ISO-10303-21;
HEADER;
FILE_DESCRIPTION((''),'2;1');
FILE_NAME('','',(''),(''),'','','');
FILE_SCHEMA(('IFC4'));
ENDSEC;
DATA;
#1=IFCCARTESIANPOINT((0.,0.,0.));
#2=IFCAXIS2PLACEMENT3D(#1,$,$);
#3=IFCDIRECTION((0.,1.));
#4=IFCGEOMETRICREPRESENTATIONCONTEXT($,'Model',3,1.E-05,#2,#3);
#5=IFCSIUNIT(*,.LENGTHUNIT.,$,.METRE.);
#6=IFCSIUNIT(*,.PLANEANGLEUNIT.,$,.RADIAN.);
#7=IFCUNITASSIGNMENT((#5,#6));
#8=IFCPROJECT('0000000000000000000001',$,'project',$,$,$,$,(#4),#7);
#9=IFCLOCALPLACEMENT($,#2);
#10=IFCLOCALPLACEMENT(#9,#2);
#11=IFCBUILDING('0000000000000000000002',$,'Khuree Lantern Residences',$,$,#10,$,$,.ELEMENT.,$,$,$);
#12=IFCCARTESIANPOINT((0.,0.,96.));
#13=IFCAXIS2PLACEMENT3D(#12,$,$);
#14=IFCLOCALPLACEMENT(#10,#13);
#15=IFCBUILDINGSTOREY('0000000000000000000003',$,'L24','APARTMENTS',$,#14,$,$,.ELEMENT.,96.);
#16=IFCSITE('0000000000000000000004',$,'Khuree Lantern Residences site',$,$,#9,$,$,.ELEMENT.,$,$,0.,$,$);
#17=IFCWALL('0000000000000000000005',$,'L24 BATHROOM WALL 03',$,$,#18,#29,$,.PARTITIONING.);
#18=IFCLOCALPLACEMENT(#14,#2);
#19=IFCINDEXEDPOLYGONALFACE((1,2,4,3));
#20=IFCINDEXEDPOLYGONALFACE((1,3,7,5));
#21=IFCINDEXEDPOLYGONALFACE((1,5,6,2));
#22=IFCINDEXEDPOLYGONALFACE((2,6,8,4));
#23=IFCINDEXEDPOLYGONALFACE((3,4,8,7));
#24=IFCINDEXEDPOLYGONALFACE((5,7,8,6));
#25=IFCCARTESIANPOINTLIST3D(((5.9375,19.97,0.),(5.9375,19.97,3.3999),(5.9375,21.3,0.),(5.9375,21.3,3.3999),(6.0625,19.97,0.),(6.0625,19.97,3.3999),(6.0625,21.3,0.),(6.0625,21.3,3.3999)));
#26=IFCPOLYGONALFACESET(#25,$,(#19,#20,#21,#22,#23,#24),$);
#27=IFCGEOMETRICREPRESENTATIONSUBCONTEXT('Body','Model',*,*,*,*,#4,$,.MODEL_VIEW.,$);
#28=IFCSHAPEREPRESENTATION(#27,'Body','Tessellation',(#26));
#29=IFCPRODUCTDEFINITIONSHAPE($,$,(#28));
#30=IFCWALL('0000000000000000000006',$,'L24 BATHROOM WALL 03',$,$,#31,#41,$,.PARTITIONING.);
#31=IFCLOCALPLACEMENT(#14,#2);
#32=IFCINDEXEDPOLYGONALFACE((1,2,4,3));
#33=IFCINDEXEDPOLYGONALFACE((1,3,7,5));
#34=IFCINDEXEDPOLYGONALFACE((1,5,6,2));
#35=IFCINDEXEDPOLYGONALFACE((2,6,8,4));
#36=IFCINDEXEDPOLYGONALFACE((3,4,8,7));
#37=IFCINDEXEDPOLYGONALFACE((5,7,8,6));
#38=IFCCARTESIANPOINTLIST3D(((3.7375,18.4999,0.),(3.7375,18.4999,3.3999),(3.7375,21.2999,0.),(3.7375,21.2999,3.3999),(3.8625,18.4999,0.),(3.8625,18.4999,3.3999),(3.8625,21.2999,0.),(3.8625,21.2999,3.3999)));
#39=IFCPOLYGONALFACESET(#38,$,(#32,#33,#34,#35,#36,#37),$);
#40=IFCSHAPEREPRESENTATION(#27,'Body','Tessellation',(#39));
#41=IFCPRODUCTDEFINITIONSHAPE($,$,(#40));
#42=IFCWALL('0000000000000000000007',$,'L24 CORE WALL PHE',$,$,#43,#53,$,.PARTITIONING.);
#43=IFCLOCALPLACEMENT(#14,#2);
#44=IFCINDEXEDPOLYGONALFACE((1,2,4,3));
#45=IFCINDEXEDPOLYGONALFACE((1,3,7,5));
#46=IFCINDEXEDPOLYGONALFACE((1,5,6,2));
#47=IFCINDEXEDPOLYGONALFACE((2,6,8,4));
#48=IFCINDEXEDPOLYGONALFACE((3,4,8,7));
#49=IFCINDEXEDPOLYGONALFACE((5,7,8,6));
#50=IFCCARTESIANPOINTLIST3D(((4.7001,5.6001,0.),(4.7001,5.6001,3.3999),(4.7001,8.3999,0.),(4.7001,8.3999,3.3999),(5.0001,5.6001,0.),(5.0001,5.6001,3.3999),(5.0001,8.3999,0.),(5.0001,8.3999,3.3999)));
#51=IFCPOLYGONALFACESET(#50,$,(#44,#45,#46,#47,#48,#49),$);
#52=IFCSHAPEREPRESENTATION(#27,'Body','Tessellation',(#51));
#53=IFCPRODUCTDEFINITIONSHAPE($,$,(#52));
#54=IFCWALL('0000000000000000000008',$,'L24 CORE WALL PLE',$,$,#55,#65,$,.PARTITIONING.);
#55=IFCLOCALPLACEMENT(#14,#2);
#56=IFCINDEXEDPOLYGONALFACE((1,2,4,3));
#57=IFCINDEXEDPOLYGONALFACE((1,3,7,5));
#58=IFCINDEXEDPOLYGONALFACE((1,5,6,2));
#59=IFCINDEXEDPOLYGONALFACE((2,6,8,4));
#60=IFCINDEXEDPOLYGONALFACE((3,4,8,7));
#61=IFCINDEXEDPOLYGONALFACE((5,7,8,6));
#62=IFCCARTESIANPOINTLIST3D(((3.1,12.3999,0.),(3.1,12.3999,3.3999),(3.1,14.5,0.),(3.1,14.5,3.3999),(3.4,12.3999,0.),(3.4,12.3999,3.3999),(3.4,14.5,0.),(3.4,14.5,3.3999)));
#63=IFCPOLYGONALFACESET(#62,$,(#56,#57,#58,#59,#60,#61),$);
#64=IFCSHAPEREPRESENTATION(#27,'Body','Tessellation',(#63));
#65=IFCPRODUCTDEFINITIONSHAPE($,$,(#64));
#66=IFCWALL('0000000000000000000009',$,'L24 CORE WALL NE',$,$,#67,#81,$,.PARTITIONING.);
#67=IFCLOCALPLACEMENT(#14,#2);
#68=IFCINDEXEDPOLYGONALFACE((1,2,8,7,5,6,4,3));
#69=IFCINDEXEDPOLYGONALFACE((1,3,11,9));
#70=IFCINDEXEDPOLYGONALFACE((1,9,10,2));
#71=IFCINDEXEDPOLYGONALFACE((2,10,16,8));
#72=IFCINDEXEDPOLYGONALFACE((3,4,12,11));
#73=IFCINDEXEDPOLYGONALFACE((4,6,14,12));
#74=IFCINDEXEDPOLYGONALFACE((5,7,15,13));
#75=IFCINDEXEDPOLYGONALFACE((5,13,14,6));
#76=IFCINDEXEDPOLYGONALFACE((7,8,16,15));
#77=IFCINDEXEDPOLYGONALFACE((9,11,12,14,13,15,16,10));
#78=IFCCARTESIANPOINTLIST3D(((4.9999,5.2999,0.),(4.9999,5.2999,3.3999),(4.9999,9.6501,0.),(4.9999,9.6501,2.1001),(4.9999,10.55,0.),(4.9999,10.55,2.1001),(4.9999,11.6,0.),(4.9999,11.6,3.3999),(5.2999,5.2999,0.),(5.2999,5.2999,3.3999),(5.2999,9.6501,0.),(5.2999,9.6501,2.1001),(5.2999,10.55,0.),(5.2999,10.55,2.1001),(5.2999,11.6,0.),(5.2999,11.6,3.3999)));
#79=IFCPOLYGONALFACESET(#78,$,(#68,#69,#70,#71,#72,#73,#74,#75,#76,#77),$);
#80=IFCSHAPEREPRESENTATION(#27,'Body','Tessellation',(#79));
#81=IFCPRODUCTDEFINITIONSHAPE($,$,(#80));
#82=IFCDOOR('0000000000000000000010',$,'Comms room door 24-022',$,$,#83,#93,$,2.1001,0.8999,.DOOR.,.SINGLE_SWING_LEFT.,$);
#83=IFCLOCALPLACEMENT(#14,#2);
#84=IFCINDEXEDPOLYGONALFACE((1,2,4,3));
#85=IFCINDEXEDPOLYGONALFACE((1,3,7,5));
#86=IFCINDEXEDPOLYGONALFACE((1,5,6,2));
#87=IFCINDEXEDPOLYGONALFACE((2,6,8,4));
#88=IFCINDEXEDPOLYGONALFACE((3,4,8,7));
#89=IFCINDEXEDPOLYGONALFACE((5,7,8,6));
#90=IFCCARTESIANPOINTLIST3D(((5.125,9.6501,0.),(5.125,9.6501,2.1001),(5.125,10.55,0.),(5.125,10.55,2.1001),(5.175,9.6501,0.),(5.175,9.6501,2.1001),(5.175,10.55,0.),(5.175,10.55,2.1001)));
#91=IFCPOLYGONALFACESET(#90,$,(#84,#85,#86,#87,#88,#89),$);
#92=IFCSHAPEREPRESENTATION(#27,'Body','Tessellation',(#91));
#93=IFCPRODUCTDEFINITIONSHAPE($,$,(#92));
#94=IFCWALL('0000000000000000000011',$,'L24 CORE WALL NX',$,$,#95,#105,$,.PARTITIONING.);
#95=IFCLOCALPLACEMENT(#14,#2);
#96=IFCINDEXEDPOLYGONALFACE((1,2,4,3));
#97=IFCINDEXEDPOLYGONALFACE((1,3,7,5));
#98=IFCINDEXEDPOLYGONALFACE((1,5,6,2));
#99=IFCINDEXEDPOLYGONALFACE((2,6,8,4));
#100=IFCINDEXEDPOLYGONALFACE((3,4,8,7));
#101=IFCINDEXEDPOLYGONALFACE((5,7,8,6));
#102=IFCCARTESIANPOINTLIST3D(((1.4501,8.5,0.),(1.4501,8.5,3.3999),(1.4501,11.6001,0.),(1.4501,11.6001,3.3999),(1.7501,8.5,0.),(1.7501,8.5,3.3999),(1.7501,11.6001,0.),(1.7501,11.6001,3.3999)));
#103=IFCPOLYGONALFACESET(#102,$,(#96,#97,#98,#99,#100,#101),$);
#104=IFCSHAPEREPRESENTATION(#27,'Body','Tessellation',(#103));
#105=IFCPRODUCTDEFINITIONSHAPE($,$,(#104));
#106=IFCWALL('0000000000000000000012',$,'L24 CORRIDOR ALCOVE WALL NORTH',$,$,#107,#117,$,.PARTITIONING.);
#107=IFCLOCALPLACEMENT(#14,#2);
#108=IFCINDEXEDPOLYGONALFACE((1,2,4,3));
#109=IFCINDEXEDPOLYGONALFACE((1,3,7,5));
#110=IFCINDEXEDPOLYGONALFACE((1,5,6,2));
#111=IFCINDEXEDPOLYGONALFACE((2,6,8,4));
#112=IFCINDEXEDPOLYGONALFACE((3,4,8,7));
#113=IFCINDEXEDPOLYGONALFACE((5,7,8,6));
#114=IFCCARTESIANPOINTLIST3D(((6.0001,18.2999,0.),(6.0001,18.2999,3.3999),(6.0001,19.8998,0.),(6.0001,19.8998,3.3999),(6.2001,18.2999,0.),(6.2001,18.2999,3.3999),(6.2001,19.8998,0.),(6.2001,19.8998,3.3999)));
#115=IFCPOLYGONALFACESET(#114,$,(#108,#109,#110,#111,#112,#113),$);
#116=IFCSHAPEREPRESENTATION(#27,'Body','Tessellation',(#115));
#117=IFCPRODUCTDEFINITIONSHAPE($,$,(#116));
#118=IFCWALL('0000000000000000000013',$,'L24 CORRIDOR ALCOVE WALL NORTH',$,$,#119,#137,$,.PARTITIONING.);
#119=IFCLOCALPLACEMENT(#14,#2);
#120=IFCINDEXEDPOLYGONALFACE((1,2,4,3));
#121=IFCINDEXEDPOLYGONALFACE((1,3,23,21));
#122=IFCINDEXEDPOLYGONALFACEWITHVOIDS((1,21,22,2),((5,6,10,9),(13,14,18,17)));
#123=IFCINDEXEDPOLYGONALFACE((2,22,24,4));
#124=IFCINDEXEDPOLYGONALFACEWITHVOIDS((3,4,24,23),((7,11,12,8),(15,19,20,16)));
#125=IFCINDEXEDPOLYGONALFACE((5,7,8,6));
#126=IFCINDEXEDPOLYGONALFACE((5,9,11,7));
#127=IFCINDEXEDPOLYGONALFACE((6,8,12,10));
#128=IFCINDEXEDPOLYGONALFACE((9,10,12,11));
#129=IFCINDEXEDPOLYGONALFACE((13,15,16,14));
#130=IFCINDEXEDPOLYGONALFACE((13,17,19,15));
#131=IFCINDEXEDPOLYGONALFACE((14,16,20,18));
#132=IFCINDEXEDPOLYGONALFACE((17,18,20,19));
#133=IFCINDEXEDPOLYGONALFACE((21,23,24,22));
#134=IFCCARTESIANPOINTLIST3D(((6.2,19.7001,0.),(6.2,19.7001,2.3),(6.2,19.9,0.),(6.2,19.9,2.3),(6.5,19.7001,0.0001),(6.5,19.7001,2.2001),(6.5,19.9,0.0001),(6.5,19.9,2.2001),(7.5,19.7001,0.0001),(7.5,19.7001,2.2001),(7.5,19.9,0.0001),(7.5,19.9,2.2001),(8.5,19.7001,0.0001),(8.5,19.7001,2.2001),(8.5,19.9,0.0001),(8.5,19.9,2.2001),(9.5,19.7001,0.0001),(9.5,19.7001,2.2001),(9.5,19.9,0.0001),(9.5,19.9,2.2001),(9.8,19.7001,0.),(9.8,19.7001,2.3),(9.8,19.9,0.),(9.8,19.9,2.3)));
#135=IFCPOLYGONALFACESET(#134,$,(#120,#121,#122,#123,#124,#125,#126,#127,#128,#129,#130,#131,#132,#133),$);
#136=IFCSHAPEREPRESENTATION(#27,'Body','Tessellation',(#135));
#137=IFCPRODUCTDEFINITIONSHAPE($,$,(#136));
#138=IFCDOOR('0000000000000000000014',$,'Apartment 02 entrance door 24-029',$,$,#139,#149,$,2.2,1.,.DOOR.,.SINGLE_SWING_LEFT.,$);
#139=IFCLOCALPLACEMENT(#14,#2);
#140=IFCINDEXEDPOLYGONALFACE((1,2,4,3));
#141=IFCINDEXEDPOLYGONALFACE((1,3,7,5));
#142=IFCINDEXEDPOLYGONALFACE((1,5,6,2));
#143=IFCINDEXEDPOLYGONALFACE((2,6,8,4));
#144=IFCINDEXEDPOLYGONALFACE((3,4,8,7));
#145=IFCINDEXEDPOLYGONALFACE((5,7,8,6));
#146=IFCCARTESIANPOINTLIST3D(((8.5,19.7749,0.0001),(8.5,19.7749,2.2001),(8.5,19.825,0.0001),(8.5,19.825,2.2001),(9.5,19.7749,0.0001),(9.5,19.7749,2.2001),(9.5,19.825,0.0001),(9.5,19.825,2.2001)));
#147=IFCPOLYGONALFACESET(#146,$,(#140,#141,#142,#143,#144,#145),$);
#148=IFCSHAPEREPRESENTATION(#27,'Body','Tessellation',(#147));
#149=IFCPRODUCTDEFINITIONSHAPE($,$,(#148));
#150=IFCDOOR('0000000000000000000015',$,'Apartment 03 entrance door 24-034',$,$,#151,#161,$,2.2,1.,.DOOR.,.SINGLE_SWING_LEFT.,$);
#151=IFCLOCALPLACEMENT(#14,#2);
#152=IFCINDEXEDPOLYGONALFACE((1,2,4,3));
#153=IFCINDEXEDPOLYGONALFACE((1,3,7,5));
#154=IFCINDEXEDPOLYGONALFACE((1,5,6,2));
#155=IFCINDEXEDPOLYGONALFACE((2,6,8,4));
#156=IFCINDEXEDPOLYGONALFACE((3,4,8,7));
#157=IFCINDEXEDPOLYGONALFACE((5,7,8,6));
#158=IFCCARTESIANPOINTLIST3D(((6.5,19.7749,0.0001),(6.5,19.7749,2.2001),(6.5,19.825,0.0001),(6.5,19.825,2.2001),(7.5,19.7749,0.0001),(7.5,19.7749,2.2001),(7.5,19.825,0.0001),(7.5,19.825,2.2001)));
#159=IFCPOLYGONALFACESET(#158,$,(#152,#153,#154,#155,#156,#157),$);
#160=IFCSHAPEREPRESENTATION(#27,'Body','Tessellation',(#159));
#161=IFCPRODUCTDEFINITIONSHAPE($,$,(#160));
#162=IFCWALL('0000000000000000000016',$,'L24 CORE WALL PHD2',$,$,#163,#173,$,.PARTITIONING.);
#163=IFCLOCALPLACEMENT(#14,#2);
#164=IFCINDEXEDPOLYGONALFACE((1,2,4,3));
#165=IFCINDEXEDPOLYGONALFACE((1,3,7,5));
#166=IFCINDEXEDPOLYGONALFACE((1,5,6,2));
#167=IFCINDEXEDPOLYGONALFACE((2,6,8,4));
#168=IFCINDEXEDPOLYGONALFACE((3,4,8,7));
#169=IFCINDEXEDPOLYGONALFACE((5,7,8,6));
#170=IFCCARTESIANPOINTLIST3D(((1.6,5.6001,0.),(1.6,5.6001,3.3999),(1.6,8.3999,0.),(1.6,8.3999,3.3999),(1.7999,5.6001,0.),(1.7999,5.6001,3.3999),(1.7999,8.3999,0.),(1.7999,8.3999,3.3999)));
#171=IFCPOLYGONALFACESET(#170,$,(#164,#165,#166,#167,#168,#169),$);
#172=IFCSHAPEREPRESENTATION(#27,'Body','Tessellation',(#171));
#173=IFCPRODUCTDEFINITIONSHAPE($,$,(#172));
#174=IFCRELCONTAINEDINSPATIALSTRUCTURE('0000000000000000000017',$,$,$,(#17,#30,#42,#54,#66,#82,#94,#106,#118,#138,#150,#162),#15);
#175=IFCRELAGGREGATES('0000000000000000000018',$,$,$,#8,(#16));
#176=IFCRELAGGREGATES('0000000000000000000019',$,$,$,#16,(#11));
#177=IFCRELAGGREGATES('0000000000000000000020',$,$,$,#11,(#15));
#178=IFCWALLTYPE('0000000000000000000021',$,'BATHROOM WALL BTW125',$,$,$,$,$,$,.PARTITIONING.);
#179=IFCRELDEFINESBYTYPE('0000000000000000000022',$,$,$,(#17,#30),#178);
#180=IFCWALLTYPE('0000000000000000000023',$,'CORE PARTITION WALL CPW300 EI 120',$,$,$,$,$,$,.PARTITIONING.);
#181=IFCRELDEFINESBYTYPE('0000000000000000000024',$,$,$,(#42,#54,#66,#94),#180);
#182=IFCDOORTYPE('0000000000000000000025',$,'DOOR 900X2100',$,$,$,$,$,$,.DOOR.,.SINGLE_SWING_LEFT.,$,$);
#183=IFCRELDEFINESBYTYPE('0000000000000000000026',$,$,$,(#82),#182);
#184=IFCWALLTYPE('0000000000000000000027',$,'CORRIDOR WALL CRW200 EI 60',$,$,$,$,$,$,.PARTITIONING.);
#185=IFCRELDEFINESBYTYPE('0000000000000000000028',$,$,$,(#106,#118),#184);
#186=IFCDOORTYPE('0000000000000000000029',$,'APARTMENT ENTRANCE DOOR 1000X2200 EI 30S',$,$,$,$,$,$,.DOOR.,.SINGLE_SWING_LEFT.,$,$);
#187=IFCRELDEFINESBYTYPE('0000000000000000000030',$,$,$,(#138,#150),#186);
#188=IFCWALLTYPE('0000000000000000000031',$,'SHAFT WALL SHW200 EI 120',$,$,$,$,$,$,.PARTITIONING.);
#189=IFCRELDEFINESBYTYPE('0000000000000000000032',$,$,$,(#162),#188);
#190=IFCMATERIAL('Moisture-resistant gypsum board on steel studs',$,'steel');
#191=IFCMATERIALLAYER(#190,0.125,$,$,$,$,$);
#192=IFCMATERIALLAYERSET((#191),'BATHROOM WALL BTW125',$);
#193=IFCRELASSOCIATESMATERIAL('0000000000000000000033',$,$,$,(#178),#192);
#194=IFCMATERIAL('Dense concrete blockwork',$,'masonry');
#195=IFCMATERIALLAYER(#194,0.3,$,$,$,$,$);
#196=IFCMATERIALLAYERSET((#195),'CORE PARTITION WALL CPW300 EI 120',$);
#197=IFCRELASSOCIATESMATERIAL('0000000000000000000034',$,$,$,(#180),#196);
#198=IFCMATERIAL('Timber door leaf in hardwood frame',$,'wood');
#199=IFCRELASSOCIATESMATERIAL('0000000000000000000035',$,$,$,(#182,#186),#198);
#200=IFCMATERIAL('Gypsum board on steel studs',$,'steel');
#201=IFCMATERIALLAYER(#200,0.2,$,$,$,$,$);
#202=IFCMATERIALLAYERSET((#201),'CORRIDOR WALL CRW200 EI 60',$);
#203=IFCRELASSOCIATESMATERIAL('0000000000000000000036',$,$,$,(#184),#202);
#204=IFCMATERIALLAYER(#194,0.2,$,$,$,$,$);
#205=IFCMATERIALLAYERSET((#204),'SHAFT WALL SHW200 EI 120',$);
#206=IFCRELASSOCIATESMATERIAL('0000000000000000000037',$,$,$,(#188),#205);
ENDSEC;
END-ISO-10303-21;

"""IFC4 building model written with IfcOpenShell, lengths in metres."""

from ifc_helpers import new_model, si_unit, direction, frame, frame_2d, origin, place, context, subcontext, project, spatial, rectangle, extrude, material, layer, layer_set, type_object, element, fill, save


model = new_model("IFC4")

# Units and contexts
model_context = context("Model", 3, precision=1e-05, world=origin(), true_north=direction((0.0, 1.0)))
body_context = subcontext(model_context, "Body", "Model", "MODEL_VIEW")
ifc_project = project(units=[si_unit("LENGTHUNIT", "METRE"), si_unit("PLANEANGLEUNIT", "RADIAN")], contexts=[model_context])

# Site, building, storey
site_placement = place(None, origin())
site = spatial("IfcSite", under=ifc_project, at=site_placement, Name="Khuree Lantern Residences site", CompositionType="ELEMENT", RefElevation=0.0)
building_placement = place(site_placement, origin())
building = spatial("IfcBuilding", under=site, at=building_placement, Name="Khuree Lantern Residences", CompositionType="ELEMENT")
storey_placement = place(building_placement, frame((0.0, 0.0, 96.0)))
storey = spatial("IfcBuildingStorey", under=building, at=storey_placement, Name="L24", Description="APARTMENTS", CompositionType="ELEMENT", Elevation=96.0)

# Walls
ifc_material_1 = material(Name="Moisture-resistant gypsum board on steel studs", Category="steel")
ifc_layer_1 = layer(ifc_material_1, 0.125)
ifc_layer_set_1 = layer_set([ifc_layer_1], Name="BATHROOM WALL BTW125")
wall_type_1 = type_object("IfcWallType", Name="BATHROOM WALL BTW125", PredefinedType="PARTITIONING", material=ifc_layer_set_1)
wall_1_placement = place(storey_placement, frame((6.0, 19.97, 0.0), z_axis=(0.0, 0.0, 1.0), x_axis=(0.0, 1.0, 0.0)))
element("IfcWall", 1, at=wall_1_placement, inside=storey, type_object=wall_type_1, Name="L24 BATHROOM WALL 03", PredefinedType="PARTITIONING", context=body_context, shape_type="SweptSolid", body=[
    extrude(rectangle(XDim=1.3301, YDim=0.125, at=frame_2d((0.665, 0.0))), origin(), (0.0, 0.0, 1.0), 3.3999),
])
wall_2_placement = place(storey_placement, frame((3.8, 18.5, 0.0), z_axis=(0.0, 0.0, 1.0), x_axis=(0.0, 1.0, 0.0)))
element("IfcWall", 2, at=wall_2_placement, inside=storey, type_object=wall_type_1, Name="L24 BATHROOM WALL 03", PredefinedType="PARTITIONING", context=body_context, shape_type="SweptSolid", body=[
    extrude(rectangle(XDim=2.8, YDim=0.125, at=frame_2d((1.3999, 0.0))), origin(), (0.0, 0.0, 1.0), 3.3999),
])
ifc_material_2 = material(Name="Dense concrete blockwork", Category="masonry")
ifc_layer_2 = layer(ifc_material_2, 0.3)
ifc_layer_set_2 = layer_set([ifc_layer_2], Name="CORE PARTITION WALL CPW300 EI 120")
wall_type_2 = type_object("IfcWallType", Name="CORE PARTITION WALL CPW300 EI 120", PredefinedType="PARTITIONING", material=ifc_layer_set_2)
wall_3_placement = place(storey_placement, frame((4.8501, 5.6001, 0.0), z_axis=(0.0, 0.0, 1.0), x_axis=(0.0, 1.0, 0.0)))
element("IfcWall", 3, at=wall_3_placement, inside=storey, type_object=wall_type_2, Name="L24 CORE WALL PHE", PredefinedType="PARTITIONING", context=body_context, shape_type="SweptSolid", body=[
    extrude(rectangle(XDim=2.7998, YDim=0.3, at=frame_2d((1.3999, 0.0))), origin(), (0.0, 0.0, 1.0), 3.3999),
])
wall_4_placement = place(storey_placement, frame((3.25, 12.3999, 0.0), z_axis=(0.0, 0.0, 1.0), x_axis=(0.0, 1.0, 0.0)))
element("IfcWall", 4, at=wall_4_placement, inside=storey, type_object=wall_type_2, Name="L24 CORE WALL PLE", PredefinedType="PARTITIONING", context=body_context, shape_type="SweptSolid", body=[
    extrude(rectangle(XDim=2.1001, YDim=0.3, at=frame_2d((1.05, 0.0))), origin(), (0.0, 0.0, 1.0), 3.3999),
])

# Wall, opening, door
wall_5_placement = place(storey_placement, frame((5.1499, 5.3, 0.0), z_axis=(0.0, 0.0, 1.0), x_axis=(0.0, 1.0, 0.0)))
wall_5 = element("IfcWall", 5, at=wall_5_placement, inside=storey, type_object=wall_type_2, Name="L24 CORE WALL NE", PredefinedType="PARTITIONING", context=body_context, shape_type="SweptSolid", body=[
    extrude(rectangle(XDim=6.3, YDim=0.3, at=frame_2d((3.1499, 0.0))), origin(), (0.0, 0.0, 1.0), 3.3999),
])
opening_1_placement = place(wall_5_placement, frame((4.3501, 0.0, 0.0)))
opening_1 = element("IfcOpeningElement", 6, at=opening_1_placement, cuts=wall_5, PredefinedType="OPENING", context=body_context, shape_type="SweptSolid", body=[
    extrude(rectangle(XDim=0.8999, YDim=2.1001, at=frame_2d((0.45, 1.05))), frame((0.0, 0.1602, 0.0), z_axis=(0.0, -1.0, 0.0), x_axis=(1.0, 0.0, 0.0)), (0.0, 0.0, 1.0), 0.3201),
])
ifc_material_3 = material(Name="Timber door leaf in hardwood frame", Category="wood")
door_type_1 = type_object("IfcDoorType", Name="DOOR 900X2100", OperationType="SINGLE_SWING_LEFT", PredefinedType="DOOR", material=ifc_material_3)
door_1_placement = place(opening_1_placement, origin())
door_1 = element("IfcDoor", 7, at=door_1_placement, inside=storey, type_object=door_type_1, Name="Comms room door 24-022", OperationType="SINGLE_SWING_LEFT", OverallHeight=2.1001, OverallWidth=0.8999, PredefinedType="DOOR", context=body_context, shape_type="SweptSolid", body=[
    extrude(rectangle(XDim=0.8999, YDim=2.1001, at=frame_2d((0.45, 1.05))), frame((0.0, 0.0249, 0.0), z_axis=(0.0, -1.0, 0.0), x_axis=(1.0, 0.0, 0.0)), (0.0, 0.0, 1.0), 0.05),
])
fill(opening_1, door_1)

# Walls
wall_6_placement = place(storey_placement, frame((1.6001, 8.5, 0.0), z_axis=(0.0, 0.0, 1.0), x_axis=(0.0, 1.0, 0.0)))
element("IfcWall", 8, at=wall_6_placement, inside=storey, type_object=wall_type_2, Name="L24 CORE WALL NX", PredefinedType="PARTITIONING", context=body_context, shape_type="SweptSolid", body=[
    extrude(rectangle(XDim=3.1001, YDim=0.3, at=frame_2d((1.55, 0.0))), origin(), (0.0, 0.0, 1.0), 3.3999),
])
ifc_material_4 = material(Name="Gypsum board on steel studs", Category="steel")
ifc_layer_3 = layer(ifc_material_4, 0.2)
ifc_layer_set_3 = layer_set([ifc_layer_3], Name="CORRIDOR WALL CRW200 EI 60")
wall_type_3 = type_object("IfcWallType", Name="CORRIDOR WALL CRW200 EI 60", PredefinedType="PARTITIONING", material=ifc_layer_set_3)
wall_7_placement = place(storey_placement, frame((6.1001, 18.3, 0.0), z_axis=(0.0, 0.0, 1.0), x_axis=(0.0, 1.0, 0.0)))
element("IfcWall", 9, at=wall_7_placement, inside=storey, type_object=wall_type_3, Name="L24 CORRIDOR ALCOVE WALL NORTH", PredefinedType="PARTITIONING", context=body_context, shape_type="SweptSolid", body=[
    extrude(rectangle(XDim=1.5999, YDim=0.2, at=frame_2d((0.7998, 0.0))), origin(), (0.0, 0.0, 1.0), 3.3999),
])

# Wall, openings, doors
wall_8_placement = place(storey_placement, frame((6.2, 19.8, 0.0), z_axis=(0.0, 0.0, 1.0), x_axis=(1.0, 0.0, 0.0)))
wall_8 = element("IfcWall", 10, at=wall_8_placement, inside=storey, type_object=wall_type_3, Name="L24 CORRIDOR ALCOVE WALL NORTH", PredefinedType="PARTITIONING", context=body_context, shape_type="SweptSolid", body=[
    extrude(rectangle(XDim=3.6001, YDim=0.2, at=frame_2d((1.8, 0.0))), origin(), (0.0, 0.0, 1.0), 2.3),
])
opening_2_placement = place(wall_8_placement, frame((2.3, 0.0, 0.0)))
opening_2 = element("IfcOpeningElement", 11, at=opening_2_placement, cuts=wall_8, PredefinedType="OPENING", context=body_context, shape_type="SweptSolid", body=[
    extrude(rectangle(XDim=1.0, YDim=2.2, at=frame_2d((0.5, 1.1001))), frame((0.0, 0.1099, 0.0), z_axis=(0.0, -1.0, 0.0), x_axis=(1.0, 0.0, 0.0)), (0.0, 0.0, 1.0), 0.22),
])
opening_3_placement = place(wall_8_placement, frame((0.3, 0.0, 0.0)))
opening_3 = element("IfcOpeningElement", 12, at=opening_3_placement, cuts=wall_8, PredefinedType="OPENING", context=body_context, shape_type="SweptSolid", body=[
    extrude(rectangle(XDim=1.0, YDim=2.2, at=frame_2d((0.5, 1.1001))), frame((0.0, 0.1099, 0.0), z_axis=(0.0, -1.0, 0.0), x_axis=(1.0, 0.0, 0.0)), (0.0, 0.0, 1.0), 0.22),
])
door_type_2 = type_object("IfcDoorType", Name="APARTMENT ENTRANCE DOOR 1000X2200 EI 30S", OperationType="SINGLE_SWING_LEFT", PredefinedType="DOOR", material=ifc_material_3)
door_2_placement = place(opening_2_placement, origin())
door_2 = element("IfcDoor", 13, at=door_2_placement, inside=storey, type_object=door_type_2, Name="Apartment 02 entrance door 24-029", OperationType="SINGLE_SWING_LEFT", OverallHeight=2.2, OverallWidth=1.0, PredefinedType="DOOR", context=body_context, shape_type="SweptSolid", body=[
    extrude(rectangle(XDim=1.0, YDim=2.2, at=frame_2d((0.5, 1.1001))), frame((0.0, 0.0249, 0.0), z_axis=(0.0, -1.0, 0.0), x_axis=(1.0, 0.0, 0.0)), (0.0, 0.0, 1.0), 0.05),
])
fill(opening_2, door_2)
door_3_placement = place(opening_3_placement, origin())
door_3 = element("IfcDoor", 14, at=door_3_placement, inside=storey, type_object=door_type_2, Name="Apartment 03 entrance door 24-034", OperationType="SINGLE_SWING_LEFT", OverallHeight=2.2, OverallWidth=1.0, PredefinedType="DOOR", context=body_context, shape_type="SweptSolid", body=[
    extrude(rectangle(XDim=1.0, YDim=2.2, at=frame_2d((0.5, 1.1001))), frame((0.0, 0.0249, 0.0), z_axis=(0.0, -1.0, 0.0), x_axis=(1.0, 0.0, 0.0)), (0.0, 0.0, 1.0), 0.05),
])
fill(opening_3, door_3)

# Wall
ifc_layer_4 = layer(ifc_material_2, 0.2)
ifc_layer_set_4 = layer_set([ifc_layer_4], Name="SHAFT WALL SHW200 EI 120")
wall_type_4 = type_object("IfcWallType", Name="SHAFT WALL SHW200 EI 120", PredefinedType="PARTITIONING", material=ifc_layer_set_4)
wall_9_placement = place(storey_placement, frame((1.7, 5.6001, 0.0), z_axis=(0.0, 0.0, 1.0), x_axis=(0.0, 1.0, 0.0)))
element("IfcWall", 15, at=wall_9_placement, inside=storey, type_object=wall_type_4, Name="L24 CORE WALL PHD2", PredefinedType="PARTITIONING", context=body_context, shape_type="SweptSolid", body=[
    extrude(rectangle(XDim=2.7998, YDim=0.2, at=frame_2d((1.3999, 0.0))), origin(), (0.0, 0.0, 1.0), 3.3999),
])

save(model, "model.ifc")
